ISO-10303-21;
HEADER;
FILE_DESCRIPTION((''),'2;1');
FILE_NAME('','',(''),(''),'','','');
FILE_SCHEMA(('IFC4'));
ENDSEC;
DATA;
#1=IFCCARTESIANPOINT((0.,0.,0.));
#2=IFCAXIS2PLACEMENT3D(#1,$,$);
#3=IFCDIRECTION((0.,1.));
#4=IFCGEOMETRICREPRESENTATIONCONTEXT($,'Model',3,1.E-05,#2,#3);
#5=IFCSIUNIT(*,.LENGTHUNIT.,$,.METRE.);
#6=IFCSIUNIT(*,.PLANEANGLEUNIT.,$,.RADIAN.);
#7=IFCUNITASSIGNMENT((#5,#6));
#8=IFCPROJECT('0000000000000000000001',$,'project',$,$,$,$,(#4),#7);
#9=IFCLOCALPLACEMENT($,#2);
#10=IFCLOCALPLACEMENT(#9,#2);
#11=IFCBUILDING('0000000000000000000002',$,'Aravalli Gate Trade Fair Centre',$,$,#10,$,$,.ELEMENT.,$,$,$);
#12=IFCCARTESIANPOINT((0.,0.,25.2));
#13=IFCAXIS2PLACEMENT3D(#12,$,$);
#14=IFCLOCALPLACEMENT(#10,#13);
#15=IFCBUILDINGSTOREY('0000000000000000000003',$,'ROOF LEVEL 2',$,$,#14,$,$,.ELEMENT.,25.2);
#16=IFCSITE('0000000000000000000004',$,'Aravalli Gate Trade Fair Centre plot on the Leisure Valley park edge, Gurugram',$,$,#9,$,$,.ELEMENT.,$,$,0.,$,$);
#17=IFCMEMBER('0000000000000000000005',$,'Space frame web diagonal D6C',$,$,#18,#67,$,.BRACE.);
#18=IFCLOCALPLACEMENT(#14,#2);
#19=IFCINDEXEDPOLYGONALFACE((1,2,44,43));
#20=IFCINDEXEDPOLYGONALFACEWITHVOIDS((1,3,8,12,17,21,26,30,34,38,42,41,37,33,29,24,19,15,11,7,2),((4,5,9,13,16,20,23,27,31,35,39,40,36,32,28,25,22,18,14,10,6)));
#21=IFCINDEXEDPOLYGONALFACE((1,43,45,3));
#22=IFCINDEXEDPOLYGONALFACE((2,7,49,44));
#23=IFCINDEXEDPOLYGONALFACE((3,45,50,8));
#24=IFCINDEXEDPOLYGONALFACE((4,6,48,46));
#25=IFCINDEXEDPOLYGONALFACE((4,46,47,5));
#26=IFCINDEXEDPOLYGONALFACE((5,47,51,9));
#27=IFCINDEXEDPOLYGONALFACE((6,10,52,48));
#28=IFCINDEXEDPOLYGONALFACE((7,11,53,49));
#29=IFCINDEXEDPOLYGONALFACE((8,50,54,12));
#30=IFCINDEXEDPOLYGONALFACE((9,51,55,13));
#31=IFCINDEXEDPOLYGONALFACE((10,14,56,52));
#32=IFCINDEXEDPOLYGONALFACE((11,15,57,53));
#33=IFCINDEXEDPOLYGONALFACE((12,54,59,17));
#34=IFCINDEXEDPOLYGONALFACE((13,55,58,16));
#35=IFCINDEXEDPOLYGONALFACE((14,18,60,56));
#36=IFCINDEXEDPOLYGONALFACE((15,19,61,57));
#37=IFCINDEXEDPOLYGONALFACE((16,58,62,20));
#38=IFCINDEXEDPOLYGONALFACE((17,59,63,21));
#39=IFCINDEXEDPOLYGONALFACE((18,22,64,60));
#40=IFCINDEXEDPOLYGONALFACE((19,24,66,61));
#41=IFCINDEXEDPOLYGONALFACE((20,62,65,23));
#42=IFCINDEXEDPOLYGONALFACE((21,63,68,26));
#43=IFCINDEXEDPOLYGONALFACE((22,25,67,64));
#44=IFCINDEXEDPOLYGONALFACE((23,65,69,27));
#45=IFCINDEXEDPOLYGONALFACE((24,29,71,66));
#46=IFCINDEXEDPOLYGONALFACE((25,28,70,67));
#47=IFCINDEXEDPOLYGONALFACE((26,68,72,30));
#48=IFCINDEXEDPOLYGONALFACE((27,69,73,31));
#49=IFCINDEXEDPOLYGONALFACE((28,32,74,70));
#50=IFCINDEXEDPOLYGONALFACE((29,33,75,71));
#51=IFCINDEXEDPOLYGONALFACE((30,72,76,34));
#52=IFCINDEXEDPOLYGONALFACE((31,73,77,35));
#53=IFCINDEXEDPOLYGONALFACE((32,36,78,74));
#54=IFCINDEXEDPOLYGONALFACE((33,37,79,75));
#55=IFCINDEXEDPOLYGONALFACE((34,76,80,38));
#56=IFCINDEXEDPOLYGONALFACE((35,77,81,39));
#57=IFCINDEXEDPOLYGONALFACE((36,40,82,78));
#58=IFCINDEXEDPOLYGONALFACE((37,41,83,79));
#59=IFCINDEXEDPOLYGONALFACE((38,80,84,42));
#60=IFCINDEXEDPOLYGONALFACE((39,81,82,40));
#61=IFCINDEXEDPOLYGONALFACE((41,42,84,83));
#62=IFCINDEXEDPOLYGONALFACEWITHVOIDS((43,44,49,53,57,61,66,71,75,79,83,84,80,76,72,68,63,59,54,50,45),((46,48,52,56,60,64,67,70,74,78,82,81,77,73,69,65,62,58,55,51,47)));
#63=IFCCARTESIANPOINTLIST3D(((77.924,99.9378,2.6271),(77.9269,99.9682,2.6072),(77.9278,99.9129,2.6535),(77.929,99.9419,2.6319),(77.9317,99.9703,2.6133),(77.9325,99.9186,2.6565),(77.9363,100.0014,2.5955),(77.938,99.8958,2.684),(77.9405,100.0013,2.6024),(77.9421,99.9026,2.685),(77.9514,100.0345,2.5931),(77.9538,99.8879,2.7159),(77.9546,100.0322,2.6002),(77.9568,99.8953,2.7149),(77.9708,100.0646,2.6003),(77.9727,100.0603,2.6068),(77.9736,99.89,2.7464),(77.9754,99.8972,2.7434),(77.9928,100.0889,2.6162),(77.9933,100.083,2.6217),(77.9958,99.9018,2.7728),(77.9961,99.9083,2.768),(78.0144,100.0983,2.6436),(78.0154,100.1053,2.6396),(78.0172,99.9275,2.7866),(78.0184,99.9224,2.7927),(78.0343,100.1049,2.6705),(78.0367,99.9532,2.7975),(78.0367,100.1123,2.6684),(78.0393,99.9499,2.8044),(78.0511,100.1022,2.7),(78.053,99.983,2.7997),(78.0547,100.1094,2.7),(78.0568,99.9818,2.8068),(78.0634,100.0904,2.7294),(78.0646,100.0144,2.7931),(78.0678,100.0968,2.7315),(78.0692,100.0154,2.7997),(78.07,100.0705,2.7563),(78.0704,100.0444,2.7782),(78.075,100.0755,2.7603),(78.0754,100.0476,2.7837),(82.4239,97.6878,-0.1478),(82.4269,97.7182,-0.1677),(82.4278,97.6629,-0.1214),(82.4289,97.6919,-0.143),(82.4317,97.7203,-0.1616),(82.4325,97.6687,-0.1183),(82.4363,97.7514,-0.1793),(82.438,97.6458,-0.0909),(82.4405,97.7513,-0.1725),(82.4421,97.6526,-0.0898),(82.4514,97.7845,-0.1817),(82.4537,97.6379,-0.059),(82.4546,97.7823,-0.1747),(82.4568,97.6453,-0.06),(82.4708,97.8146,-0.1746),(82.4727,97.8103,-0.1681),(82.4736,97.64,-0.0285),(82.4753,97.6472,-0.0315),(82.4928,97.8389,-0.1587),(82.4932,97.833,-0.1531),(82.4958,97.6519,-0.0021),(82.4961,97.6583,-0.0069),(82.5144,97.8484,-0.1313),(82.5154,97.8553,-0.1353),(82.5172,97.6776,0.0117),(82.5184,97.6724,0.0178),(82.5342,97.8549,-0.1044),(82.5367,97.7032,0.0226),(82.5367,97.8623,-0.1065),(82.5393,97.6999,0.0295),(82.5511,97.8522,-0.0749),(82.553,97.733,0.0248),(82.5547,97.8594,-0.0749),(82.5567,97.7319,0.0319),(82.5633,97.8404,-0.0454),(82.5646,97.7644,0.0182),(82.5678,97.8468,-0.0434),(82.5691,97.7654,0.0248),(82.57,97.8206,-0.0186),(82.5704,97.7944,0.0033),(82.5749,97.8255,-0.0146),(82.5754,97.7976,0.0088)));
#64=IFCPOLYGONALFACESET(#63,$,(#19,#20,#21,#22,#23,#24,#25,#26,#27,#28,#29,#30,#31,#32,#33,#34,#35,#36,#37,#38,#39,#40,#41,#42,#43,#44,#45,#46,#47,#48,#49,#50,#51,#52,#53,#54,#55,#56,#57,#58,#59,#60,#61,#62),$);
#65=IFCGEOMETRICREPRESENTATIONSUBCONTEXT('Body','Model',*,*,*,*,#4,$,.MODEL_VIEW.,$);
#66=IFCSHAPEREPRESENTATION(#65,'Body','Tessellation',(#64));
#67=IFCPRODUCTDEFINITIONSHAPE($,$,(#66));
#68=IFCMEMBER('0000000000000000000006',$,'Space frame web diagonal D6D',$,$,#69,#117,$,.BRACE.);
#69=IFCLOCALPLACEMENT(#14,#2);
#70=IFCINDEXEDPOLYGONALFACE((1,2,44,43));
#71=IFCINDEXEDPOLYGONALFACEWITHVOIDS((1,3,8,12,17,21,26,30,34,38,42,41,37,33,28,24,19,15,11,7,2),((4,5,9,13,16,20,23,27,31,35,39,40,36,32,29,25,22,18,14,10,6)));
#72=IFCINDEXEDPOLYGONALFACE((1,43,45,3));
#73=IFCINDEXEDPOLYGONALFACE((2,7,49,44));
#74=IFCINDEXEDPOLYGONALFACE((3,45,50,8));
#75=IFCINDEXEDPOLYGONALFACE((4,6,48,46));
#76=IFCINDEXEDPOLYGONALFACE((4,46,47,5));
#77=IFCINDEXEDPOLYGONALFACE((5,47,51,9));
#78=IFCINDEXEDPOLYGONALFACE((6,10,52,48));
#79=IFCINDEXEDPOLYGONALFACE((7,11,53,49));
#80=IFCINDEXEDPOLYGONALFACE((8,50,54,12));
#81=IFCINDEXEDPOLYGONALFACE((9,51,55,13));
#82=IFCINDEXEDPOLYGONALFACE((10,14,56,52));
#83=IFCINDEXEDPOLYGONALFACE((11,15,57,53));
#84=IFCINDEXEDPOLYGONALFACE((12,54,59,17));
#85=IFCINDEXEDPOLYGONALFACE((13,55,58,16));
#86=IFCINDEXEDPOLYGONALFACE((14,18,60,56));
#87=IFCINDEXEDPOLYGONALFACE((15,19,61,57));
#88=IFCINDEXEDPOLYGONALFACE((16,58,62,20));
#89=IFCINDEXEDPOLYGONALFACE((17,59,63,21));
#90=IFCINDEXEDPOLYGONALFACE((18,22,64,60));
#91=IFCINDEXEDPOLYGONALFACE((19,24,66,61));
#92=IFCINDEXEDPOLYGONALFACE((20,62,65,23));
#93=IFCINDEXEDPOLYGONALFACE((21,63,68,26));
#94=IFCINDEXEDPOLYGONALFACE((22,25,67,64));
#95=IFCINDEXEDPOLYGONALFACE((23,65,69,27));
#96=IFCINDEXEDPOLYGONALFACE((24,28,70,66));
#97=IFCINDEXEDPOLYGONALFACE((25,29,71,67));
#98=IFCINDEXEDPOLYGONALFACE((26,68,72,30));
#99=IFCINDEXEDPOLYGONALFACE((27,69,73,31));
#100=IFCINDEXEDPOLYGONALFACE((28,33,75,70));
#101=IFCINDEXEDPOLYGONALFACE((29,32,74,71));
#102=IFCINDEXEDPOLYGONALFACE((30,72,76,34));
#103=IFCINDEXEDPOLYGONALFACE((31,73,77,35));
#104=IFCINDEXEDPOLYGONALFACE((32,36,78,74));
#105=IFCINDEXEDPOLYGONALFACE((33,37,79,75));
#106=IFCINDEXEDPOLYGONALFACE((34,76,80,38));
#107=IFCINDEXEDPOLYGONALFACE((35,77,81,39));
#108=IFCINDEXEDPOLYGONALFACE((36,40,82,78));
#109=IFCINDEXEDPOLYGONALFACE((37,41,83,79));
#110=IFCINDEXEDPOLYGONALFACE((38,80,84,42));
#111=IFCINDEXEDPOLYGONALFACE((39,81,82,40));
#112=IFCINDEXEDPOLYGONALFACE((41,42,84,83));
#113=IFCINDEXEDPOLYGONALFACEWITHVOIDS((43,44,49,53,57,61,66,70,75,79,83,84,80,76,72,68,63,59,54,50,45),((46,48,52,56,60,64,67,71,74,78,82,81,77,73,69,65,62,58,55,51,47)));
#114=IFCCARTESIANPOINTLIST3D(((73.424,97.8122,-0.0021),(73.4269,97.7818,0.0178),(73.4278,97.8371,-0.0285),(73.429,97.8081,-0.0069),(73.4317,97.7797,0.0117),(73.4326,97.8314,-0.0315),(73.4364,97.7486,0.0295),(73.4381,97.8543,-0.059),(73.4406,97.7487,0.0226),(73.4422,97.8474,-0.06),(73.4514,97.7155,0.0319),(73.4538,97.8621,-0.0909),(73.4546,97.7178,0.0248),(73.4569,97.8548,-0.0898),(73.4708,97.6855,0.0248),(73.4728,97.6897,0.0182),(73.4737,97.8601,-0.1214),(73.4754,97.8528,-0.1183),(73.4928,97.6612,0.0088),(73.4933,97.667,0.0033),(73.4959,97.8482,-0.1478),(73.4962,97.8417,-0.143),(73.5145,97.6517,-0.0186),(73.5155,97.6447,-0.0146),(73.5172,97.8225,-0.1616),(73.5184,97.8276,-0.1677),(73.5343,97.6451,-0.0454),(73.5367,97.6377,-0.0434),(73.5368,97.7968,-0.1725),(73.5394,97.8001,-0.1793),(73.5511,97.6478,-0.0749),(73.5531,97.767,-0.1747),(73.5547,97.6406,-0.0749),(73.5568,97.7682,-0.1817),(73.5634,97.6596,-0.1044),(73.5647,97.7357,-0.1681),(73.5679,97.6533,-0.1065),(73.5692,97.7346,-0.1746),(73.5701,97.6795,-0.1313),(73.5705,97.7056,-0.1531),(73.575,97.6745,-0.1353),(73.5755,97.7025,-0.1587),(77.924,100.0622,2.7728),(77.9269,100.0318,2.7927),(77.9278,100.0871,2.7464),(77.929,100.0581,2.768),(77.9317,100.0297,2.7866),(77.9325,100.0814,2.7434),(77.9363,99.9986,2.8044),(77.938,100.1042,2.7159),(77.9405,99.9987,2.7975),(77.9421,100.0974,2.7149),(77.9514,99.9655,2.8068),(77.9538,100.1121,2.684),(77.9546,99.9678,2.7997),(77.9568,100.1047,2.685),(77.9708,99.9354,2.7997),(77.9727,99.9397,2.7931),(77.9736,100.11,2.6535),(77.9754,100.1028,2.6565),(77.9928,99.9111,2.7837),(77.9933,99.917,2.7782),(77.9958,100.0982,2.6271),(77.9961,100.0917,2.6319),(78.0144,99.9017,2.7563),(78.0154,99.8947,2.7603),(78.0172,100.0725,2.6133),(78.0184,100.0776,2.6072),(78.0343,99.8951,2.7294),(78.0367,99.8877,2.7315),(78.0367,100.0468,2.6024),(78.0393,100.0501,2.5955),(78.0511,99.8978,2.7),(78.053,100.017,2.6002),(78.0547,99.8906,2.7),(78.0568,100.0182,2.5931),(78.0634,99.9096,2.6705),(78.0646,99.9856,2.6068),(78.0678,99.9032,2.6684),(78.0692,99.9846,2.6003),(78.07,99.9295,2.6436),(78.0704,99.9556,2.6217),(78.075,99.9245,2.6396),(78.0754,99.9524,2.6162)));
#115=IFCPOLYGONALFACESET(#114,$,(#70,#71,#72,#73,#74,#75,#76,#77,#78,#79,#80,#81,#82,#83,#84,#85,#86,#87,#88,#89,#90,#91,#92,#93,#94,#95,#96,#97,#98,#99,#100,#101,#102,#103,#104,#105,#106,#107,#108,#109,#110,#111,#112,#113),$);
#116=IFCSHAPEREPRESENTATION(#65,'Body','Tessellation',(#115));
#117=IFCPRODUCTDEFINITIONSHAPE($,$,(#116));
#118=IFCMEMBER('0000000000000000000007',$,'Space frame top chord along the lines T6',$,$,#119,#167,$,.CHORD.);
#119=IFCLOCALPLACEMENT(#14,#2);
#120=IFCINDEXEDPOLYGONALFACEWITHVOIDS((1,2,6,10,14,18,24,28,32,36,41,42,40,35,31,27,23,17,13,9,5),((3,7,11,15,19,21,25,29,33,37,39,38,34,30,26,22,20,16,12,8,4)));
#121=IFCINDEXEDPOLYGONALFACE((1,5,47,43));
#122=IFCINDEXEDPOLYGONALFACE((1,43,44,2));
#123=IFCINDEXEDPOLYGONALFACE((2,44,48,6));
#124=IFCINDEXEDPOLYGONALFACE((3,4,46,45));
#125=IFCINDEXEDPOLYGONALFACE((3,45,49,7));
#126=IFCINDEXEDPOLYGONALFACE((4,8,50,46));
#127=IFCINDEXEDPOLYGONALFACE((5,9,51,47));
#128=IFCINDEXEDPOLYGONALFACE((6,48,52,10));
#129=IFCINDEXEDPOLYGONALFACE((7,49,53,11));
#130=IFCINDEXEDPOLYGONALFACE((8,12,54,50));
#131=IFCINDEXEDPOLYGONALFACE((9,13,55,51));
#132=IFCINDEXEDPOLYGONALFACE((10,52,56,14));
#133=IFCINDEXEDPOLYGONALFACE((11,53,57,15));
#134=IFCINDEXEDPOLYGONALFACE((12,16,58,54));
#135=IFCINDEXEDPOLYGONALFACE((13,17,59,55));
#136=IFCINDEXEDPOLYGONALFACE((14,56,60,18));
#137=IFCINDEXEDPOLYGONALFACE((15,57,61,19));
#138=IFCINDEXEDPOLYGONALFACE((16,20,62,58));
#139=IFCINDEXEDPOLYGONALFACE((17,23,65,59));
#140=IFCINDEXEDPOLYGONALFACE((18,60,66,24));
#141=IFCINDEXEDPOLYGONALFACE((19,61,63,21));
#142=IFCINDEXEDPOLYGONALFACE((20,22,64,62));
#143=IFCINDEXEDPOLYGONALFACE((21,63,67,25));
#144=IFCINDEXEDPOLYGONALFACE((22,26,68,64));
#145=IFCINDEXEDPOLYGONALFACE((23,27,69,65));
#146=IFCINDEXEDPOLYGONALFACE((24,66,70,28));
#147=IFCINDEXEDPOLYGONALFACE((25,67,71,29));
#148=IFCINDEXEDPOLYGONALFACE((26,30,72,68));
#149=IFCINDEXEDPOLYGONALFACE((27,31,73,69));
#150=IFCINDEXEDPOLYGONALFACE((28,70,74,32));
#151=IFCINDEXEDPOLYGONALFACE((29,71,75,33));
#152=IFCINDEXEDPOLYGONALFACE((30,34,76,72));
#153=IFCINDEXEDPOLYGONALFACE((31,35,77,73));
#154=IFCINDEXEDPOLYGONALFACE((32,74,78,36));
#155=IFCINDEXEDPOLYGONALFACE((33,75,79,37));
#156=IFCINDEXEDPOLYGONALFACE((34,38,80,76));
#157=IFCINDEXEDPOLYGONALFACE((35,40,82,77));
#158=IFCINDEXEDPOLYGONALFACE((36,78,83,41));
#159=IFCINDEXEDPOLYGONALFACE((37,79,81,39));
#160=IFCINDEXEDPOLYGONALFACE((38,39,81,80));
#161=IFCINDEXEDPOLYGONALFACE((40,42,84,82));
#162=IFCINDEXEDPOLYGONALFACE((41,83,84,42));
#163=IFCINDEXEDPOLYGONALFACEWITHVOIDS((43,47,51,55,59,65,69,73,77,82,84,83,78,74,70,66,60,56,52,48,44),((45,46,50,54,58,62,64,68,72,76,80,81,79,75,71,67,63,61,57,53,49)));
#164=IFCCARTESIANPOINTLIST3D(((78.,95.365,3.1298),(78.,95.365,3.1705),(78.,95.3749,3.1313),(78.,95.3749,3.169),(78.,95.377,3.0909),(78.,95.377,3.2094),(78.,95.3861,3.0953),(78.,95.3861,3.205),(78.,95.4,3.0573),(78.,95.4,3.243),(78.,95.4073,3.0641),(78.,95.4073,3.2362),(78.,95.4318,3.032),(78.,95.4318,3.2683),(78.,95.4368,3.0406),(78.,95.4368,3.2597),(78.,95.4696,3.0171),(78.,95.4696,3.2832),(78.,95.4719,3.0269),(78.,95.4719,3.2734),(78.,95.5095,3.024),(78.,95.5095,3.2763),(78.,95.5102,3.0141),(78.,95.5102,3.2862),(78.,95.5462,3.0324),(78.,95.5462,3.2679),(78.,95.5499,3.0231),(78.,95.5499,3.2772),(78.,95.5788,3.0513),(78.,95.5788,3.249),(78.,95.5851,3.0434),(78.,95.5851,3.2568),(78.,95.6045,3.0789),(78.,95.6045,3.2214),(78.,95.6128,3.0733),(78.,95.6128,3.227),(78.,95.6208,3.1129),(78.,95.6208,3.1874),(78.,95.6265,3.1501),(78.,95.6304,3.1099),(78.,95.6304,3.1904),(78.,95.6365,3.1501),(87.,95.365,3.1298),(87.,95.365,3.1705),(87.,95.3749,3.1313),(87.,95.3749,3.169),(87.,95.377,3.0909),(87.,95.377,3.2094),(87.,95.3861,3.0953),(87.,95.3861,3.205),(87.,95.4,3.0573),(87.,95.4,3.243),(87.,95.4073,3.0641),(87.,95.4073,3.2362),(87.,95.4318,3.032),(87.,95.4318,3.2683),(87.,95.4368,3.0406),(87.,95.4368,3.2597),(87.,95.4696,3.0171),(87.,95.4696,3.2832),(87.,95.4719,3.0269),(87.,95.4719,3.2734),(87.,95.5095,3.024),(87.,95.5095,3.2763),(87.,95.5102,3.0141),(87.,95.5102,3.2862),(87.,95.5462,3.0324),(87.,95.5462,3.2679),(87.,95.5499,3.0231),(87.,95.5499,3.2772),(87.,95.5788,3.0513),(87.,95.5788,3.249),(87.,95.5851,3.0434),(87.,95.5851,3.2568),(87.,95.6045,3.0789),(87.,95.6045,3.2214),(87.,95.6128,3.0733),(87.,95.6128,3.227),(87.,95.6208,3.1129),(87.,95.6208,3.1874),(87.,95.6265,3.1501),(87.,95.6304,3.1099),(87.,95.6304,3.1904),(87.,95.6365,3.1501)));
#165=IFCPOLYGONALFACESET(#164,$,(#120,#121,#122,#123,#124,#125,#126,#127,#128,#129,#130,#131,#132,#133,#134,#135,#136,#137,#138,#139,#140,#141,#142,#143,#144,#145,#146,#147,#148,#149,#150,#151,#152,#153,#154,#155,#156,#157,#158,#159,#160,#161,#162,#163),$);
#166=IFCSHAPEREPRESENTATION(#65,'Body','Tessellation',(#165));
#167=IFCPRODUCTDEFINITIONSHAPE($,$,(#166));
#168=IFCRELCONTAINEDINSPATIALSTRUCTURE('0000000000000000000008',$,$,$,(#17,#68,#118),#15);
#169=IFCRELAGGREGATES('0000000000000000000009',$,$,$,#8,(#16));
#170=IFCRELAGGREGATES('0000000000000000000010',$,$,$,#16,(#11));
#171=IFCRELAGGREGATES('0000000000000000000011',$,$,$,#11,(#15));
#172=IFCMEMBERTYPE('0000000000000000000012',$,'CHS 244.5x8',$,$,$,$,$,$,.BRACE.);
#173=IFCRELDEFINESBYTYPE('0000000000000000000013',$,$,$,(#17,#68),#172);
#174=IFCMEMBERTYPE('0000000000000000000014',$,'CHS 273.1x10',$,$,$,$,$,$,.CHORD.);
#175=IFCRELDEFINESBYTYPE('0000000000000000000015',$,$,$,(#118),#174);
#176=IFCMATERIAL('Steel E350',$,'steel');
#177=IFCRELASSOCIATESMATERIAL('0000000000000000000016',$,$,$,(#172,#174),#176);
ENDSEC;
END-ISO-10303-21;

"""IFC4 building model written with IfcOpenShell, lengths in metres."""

from ifc_helpers import new_model, si_unit, direction, frame, origin, origin_2d, place, context, subcontext, project, spatial, hollow_circle, extrude, material, material_profile, profile_set, type_object, element, save


model = new_model("IFC4")

# Units and contexts
model_context = context("Model", 3, precision=1e-05, world=origin(), true_north=direction((0.0, 1.0)))
body_context = subcontext(model_context, "Body", "Model", "MODEL_VIEW")
ifc_project = project(units=[si_unit("LENGTHUNIT", "METRE"), si_unit("PLANEANGLEUNIT", "RADIAN")], contexts=[model_context])

# Site, building, storey
site_placement = place(None, origin())
site = spatial("IfcSite", under=ifc_project, at=site_placement, Name="Aravalli Gate Trade Fair Centre plot on the Leisure Valley park edge, Gurugram", CompositionType="ELEMENT", RefElevation=0.0)
building_placement = place(site_placement, origin())
building = spatial("IfcBuilding", under=site, at=building_placement, Name="Aravalli Gate Trade Fair Centre", CompositionType="ELEMENT")
storey_placement = place(building_placement, frame((0.0, 0.0, 25.2)))
storey = spatial("IfcBuildingStorey", under=building, at=storey_placement, Name="ROOF LEVEL 2", CompositionType="ELEMENT", Elevation=25.2)

# Members
ifc_material_1 = material(Name="Steel E350", Category="steel")
ifc_material_profile_1 = material_profile(ifc_material_1, hollow_circle(Radius=0.1223, WallThickness=0.0081, at=origin_2d()), Name="CHS 244.5x8")
ifc_profile_set_1 = profile_set([ifc_material_profile_1], Name="Steel E350")
member_type_1 = type_object("IfcMemberType", Name="CHS 244.5x8", PredefinedType="BRACE", material=ifc_profile_set_1)
for number, where, z_axis, x_axis, name in (
    (1, (78.0, 100.0, 2.7), (0.7832, -0.3916, -0.482956), (0.447214, 0.894427, 0.0), "Space frame web diagonal D6C"),
    (2, (78.0, 100.0, 2.7), (-0.7832, -0.3916, -0.482956), (0.447214, -0.894427, 0.0), "Space frame web diagonal D6D"),
):
    element("IfcMember", number, at=place(storey_placement, frame(where, z_axis=z_axis, x_axis=x_axis)), inside=storey, type_object=member_type_1, Name=name, PredefinedType="BRACE", context=body_context, shape_type="SweptSolid", body=[
        extrude(hollow_circle(Radius=0.1223, WallThickness=0.0081, at=origin_2d()), origin(), (0.0, 0.0, 1.0), 5.7456),
    ])
ifc_material_profile_2 = material_profile(ifc_material_1, hollow_circle(Radius=0.1365, WallThickness=0.01, at=origin_2d()), Name="CHS 273.1x10")
ifc_profile_set_2 = profile_set([ifc_material_profile_2], Name="Steel E350")
member_type_2 = type_object("IfcMemberType", Name="CHS 273.1x10", PredefinedType="CHORD", material=ifc_profile_set_2)
for number, where, z_axis, x_axis, name in (
    (3, (78.0, 95.5, 3.1501), (1.0, 0.0, 0.0), (0.0, 1.0, 0.0), "Space frame top chord along the lines T6"),
):
    element("IfcMember", number, at=place(storey_placement, frame(where, z_axis=z_axis, x_axis=x_axis)), inside=storey, type_object=member_type_2, Name=name, PredefinedType="CHORD", context=body_context, shape_type="SweptSolid", body=[
        extrude(hollow_circle(Radius=0.1365, WallThickness=0.01, at=origin_2d()), origin(), (0.0, 0.0, 1.0), 9.0),
    ])

save(model, "model.ifc")
